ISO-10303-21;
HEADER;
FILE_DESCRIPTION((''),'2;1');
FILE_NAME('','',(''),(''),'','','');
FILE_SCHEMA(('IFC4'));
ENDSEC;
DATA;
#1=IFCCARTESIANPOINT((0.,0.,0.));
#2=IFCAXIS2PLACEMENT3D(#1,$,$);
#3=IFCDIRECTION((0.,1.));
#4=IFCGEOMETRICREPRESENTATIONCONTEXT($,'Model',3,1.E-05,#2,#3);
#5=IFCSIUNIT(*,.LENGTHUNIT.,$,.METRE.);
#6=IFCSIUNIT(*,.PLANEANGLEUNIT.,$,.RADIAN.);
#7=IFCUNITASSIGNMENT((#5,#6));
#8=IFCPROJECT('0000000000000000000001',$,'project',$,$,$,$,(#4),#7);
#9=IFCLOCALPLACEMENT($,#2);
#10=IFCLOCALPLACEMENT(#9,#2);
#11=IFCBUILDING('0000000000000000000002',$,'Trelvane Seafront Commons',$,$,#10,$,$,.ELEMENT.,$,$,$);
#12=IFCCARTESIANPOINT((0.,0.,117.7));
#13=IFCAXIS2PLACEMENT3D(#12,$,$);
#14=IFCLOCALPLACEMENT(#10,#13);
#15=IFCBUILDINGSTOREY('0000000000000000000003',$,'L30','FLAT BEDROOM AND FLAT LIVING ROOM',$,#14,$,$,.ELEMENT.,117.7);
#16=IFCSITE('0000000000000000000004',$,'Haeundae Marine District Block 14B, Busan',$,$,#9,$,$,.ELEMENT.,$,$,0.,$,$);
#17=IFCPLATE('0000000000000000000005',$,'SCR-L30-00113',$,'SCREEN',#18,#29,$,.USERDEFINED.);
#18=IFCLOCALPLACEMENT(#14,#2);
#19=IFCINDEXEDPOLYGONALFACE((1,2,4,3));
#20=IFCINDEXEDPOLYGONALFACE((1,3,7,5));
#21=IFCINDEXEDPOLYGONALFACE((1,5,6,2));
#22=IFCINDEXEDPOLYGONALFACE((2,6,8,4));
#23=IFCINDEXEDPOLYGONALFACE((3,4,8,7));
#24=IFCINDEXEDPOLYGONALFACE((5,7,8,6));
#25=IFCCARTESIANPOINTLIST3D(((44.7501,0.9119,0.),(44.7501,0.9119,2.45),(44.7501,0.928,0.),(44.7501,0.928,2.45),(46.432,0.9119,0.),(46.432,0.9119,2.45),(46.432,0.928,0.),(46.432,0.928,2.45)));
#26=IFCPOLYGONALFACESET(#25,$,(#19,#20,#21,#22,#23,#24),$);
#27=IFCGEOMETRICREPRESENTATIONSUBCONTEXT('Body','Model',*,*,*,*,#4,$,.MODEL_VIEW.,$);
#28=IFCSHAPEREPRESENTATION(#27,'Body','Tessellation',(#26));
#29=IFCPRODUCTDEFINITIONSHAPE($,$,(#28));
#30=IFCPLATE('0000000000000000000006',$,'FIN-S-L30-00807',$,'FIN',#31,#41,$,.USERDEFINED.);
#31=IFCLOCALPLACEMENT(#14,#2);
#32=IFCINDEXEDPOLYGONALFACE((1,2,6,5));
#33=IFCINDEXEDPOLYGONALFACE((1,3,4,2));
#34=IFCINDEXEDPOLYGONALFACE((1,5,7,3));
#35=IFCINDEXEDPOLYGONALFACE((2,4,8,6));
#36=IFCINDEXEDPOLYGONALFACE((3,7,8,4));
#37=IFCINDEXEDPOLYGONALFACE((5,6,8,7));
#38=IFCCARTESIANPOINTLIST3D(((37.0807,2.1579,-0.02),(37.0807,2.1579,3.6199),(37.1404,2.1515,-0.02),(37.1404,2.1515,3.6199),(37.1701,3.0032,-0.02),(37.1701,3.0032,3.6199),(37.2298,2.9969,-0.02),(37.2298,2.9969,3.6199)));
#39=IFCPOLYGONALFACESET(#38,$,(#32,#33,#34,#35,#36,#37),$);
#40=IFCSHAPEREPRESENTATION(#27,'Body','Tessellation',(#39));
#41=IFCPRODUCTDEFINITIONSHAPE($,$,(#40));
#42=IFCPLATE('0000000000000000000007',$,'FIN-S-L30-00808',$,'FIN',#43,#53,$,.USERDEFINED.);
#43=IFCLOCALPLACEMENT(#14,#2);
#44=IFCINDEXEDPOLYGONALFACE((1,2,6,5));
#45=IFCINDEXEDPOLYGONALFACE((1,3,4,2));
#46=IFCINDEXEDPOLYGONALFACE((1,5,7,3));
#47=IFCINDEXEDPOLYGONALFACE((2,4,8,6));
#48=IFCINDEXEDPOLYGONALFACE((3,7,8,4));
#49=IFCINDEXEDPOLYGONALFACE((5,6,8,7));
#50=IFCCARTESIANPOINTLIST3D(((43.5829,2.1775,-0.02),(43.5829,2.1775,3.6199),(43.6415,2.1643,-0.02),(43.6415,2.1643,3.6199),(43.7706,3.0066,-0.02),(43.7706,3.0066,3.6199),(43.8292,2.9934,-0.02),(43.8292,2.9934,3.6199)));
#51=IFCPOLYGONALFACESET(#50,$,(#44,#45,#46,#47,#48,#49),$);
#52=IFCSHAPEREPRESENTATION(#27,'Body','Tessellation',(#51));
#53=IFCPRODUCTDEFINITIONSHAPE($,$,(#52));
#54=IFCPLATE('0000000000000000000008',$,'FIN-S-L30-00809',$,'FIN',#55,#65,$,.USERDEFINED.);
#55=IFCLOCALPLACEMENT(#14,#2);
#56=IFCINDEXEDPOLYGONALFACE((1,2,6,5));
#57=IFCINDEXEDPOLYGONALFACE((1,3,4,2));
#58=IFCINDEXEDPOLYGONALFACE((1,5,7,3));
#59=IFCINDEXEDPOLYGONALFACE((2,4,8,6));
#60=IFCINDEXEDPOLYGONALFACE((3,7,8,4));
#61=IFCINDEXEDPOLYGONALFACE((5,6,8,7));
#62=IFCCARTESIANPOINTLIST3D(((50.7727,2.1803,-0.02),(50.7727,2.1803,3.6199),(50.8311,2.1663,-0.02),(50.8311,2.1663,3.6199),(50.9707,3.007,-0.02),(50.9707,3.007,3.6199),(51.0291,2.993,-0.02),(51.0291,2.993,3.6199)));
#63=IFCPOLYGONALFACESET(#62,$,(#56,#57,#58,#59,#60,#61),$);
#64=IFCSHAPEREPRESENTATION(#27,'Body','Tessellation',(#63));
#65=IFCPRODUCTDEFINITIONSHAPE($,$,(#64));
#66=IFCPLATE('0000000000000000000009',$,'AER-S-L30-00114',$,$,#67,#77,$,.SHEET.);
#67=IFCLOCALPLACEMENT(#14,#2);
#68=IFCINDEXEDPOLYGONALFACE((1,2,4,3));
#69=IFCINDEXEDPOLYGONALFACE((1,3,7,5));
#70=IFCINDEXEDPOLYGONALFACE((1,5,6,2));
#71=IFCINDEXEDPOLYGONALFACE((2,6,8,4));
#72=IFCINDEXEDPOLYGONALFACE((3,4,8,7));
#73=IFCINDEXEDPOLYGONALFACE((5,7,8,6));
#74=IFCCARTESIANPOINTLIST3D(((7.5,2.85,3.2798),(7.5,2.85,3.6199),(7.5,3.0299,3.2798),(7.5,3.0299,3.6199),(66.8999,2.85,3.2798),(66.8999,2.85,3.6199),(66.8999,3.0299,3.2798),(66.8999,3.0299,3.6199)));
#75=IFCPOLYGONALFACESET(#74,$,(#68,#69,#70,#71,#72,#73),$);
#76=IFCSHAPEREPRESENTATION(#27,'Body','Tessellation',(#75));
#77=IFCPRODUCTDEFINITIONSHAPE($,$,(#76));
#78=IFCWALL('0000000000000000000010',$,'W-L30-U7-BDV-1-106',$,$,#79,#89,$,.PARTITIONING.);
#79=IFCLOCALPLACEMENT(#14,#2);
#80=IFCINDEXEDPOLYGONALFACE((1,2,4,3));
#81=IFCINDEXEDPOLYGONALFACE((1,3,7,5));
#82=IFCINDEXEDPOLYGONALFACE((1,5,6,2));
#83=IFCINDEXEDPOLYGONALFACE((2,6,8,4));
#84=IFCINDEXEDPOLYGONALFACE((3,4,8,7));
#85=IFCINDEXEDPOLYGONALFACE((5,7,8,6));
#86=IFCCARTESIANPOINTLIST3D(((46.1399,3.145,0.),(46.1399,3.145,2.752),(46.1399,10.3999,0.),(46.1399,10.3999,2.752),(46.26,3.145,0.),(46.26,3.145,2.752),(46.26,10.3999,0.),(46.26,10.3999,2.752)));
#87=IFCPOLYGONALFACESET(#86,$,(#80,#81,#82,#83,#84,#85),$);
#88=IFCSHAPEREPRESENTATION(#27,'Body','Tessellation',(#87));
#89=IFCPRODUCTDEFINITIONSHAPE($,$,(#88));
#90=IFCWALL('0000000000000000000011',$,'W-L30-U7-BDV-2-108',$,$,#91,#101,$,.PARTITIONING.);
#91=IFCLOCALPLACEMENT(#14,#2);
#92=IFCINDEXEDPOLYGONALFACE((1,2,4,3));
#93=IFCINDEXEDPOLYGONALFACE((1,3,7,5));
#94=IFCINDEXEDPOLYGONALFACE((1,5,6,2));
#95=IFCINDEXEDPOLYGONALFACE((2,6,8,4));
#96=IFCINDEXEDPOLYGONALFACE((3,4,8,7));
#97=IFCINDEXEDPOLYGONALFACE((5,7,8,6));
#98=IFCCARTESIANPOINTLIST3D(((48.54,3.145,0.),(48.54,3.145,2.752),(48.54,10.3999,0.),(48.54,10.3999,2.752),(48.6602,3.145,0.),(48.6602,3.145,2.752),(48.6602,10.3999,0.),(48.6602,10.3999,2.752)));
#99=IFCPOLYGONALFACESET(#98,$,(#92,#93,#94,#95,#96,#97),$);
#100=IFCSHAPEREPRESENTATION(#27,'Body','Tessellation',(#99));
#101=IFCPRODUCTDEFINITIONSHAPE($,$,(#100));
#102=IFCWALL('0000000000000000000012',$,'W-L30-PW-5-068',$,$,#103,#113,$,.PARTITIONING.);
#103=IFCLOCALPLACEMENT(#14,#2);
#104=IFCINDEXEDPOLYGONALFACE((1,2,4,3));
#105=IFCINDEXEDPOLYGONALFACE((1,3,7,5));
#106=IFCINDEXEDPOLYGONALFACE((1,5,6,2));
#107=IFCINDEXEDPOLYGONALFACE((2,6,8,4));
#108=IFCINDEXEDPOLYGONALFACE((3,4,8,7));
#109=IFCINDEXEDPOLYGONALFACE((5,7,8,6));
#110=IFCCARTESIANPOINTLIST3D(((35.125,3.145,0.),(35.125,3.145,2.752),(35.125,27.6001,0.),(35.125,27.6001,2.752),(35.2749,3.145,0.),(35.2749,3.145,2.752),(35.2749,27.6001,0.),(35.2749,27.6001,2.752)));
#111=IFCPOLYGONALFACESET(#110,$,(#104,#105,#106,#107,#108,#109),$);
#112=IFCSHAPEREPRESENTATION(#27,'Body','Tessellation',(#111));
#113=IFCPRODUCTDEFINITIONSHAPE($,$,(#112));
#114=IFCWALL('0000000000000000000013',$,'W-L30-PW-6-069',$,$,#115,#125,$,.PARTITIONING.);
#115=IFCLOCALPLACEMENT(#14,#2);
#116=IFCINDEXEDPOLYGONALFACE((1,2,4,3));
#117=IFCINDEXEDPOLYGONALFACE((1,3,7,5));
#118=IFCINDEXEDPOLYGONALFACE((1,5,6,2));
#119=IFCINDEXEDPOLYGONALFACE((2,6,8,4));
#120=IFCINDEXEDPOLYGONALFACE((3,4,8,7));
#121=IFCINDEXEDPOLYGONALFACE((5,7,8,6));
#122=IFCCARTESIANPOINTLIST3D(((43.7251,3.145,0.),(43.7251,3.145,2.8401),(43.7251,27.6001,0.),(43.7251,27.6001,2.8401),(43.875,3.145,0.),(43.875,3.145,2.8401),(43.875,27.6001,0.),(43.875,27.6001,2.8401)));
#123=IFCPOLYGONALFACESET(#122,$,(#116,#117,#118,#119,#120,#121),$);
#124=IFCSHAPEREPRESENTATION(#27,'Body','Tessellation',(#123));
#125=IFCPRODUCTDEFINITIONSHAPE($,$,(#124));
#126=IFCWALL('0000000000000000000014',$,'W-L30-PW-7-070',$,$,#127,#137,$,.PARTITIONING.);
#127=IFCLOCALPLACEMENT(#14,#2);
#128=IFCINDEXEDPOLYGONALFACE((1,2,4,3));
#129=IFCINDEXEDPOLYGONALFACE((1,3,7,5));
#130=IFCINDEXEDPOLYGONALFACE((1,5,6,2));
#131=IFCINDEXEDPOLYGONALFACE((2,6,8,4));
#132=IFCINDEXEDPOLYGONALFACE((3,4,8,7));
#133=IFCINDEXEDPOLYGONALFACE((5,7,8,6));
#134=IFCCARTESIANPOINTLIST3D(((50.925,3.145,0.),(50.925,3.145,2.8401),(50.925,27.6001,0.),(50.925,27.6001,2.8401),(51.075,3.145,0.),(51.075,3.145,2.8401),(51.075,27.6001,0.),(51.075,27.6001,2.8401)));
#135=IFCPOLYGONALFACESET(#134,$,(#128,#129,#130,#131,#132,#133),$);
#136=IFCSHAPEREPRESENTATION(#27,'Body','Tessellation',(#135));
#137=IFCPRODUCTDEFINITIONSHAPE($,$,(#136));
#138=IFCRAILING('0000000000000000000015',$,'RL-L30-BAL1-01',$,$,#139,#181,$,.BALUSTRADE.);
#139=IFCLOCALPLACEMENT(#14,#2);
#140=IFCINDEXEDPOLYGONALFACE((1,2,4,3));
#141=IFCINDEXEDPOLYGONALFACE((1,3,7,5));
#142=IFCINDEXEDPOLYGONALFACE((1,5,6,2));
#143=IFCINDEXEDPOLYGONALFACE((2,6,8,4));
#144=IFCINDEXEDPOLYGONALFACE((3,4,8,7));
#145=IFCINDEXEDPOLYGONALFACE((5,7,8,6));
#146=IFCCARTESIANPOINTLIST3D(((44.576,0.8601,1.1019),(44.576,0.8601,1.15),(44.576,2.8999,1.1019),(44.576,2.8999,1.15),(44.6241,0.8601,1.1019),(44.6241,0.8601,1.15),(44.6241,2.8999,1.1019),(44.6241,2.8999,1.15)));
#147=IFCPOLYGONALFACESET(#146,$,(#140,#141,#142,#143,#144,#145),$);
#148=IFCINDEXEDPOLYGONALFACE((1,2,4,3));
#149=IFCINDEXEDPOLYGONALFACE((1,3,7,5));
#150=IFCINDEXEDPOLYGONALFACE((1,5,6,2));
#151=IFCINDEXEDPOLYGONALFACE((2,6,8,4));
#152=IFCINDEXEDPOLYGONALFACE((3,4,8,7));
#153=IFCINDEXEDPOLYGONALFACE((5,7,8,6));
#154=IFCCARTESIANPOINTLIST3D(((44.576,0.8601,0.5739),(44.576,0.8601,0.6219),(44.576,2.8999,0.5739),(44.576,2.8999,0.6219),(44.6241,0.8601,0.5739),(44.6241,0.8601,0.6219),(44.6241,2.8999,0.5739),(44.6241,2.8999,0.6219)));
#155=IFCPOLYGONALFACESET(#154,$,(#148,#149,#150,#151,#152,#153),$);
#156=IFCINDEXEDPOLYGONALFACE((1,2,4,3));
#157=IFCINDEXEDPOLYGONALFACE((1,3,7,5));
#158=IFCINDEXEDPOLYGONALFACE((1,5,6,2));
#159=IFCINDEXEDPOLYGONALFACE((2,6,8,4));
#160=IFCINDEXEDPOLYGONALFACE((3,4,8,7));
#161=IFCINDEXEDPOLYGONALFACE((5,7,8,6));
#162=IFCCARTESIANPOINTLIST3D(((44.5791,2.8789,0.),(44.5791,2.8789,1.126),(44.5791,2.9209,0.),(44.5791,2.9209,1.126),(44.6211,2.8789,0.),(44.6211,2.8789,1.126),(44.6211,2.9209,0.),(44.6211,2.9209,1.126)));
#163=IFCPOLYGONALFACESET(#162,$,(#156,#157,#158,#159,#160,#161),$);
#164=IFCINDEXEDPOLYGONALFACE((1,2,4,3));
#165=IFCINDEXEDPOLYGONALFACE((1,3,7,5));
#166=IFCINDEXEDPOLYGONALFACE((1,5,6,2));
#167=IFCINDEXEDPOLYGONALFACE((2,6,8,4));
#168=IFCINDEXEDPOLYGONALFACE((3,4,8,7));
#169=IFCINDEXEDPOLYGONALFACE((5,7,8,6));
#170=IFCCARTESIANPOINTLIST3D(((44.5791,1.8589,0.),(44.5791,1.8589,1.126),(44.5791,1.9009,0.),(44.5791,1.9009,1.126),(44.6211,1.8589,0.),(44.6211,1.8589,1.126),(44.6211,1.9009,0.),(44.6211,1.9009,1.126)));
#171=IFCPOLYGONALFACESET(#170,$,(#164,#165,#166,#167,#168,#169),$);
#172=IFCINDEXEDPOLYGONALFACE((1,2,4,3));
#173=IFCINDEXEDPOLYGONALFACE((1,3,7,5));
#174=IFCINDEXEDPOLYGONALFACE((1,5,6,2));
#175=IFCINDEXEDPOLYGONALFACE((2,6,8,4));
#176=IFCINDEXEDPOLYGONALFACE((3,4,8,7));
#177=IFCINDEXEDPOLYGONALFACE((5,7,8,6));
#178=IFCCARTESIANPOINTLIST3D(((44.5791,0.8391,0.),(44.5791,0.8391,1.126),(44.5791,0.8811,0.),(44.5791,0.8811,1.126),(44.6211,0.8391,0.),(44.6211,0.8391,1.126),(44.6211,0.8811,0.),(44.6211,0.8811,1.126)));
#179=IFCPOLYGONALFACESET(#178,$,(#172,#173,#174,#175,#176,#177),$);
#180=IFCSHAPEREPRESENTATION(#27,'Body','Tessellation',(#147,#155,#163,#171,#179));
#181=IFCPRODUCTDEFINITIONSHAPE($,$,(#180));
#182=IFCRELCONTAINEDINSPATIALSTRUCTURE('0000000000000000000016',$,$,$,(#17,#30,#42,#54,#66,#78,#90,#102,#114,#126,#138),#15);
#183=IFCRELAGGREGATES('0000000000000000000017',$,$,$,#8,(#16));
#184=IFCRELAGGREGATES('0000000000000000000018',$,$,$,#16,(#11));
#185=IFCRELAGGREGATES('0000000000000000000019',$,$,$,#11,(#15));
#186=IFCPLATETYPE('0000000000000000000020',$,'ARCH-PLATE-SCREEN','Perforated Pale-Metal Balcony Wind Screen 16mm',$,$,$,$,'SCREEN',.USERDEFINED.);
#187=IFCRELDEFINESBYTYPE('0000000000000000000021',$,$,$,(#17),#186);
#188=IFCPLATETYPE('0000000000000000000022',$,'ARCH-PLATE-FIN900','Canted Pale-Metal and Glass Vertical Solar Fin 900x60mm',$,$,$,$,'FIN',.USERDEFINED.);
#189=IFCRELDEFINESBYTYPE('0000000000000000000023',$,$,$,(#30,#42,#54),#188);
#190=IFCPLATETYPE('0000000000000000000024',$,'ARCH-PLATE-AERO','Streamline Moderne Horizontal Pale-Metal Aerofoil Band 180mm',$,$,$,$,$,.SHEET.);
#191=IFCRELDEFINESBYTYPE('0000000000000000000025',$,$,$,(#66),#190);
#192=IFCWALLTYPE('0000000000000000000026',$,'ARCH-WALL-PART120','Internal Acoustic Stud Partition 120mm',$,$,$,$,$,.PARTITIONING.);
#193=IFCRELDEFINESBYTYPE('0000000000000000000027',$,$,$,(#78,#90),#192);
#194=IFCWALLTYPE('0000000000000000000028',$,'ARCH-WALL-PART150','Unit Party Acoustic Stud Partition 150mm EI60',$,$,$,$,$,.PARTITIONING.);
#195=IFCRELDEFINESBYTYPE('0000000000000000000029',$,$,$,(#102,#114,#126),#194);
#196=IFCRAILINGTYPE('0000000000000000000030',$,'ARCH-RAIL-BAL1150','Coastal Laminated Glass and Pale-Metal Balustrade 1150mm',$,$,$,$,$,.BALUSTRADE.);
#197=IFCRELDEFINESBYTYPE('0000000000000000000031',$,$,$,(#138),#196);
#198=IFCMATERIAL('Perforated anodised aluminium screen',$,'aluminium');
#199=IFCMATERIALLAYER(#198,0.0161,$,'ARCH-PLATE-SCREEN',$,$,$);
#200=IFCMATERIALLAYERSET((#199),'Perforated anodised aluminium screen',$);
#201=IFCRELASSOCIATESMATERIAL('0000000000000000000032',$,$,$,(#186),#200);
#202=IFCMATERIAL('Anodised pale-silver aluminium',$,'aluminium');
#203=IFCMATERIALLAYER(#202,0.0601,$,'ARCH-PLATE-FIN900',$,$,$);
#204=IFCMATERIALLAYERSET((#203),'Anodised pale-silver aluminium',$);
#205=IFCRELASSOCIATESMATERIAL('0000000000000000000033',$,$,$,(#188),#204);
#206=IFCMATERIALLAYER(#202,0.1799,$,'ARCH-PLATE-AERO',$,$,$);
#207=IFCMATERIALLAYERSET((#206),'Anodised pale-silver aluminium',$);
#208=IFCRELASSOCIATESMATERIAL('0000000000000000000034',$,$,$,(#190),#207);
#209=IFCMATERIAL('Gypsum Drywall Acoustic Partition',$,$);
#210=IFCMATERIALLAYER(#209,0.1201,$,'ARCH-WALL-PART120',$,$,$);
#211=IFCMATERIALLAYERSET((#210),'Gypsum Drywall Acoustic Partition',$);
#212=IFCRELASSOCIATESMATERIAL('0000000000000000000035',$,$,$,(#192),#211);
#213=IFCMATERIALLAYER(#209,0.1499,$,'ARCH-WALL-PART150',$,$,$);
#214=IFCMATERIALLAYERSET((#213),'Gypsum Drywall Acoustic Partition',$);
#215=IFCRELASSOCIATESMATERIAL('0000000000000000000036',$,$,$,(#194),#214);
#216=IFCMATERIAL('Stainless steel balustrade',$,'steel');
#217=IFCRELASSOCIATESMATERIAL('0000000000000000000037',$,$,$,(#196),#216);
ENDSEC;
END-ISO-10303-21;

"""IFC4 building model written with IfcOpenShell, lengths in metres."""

from ifc_helpers import new_model, si_unit, direction, frame, frame_2d, origin, origin_2d, place, context, subcontext, project, spatial, rectangle, extrude, source, transform, mapped, material, layer, layer_set, type_object, element, save


model = new_model("IFC4")

# Units and contexts
model_context = context("Model", 3, precision=1e-05, world=origin(), true_north=direction((0.0, 1.0)))
body_context = subcontext(model_context, "Body", "Model", "MODEL_VIEW")
ifc_project = project(units=[si_unit("LENGTHUNIT", "METRE"), si_unit("PLANEANGLEUNIT", "RADIAN")], contexts=[model_context])

# Site, building, storey
site_placement = place(None, origin())
site = spatial("IfcSite", under=ifc_project, at=site_placement, Name="Haeundae Marine District Block 14B, Busan", CompositionType="ELEMENT", RefElevation=0.0)
building_placement = place(site_placement, origin())
building = spatial("IfcBuilding", under=site, at=building_placement, Name="Trelvane Seafront Commons", CompositionType="ELEMENT")
storey_placement = place(building_placement, frame((0.0, 0.0, 117.7)))
storey = spatial("IfcBuildingStorey", under=building, at=storey_placement, Name="L30", Description="FLAT BEDROOM AND FLAT LIVING ROOM", CompositionType="ELEMENT", Elevation=117.7)

# Plates
ifc_material_1 = material(Name="Perforated anodised aluminium screen", Category="aluminium")
ifc_layer_1 = layer(ifc_material_1, 0.0161, Name="ARCH-PLATE-SCREEN")
ifc_layer_set_1 = layer_set([ifc_layer_1], Name="Perforated anodised aluminium screen")
plate_type_1 = type_object("IfcPlateType", Name="ARCH-PLATE-SCREEN", Description="Perforated Pale-Metal Balcony Wind Screen 16mm", ElementType="SCREEN", PredefinedType="USERDEFINED", material=ifc_layer_set_1)
shared_shape_1 = source(origin(), body_context, "Body", "SweptSolid", [
    extrude(rectangle(XDim=1.6819, YDim=0.0161, at=origin_2d()), origin(), (0.0, 0.0, 1.0), 2.45),
])
plate_1_placement = place(storey_placement, frame((45.5911, 0.9199, 0.0), z_axis=(0.0, 0.0, 1.0), x_axis=(1.0, 0.0, 0.0)))
element("IfcPlate", 1, at=plate_1_placement, inside=storey, type_object=plate_type_1, Name="SCR-L30-00113", ObjectType="SCREEN", PredefinedType="USERDEFINED", context=body_context, shape_type="MappedRepresentation", body=[
    mapped(shared_shape_1, transform((0.0, 0.0, 0.0), x_axis=(1.0, 0.0, 0.0), y_axis=(0.0, 1.0, 0.0), z_axis=(0.0, 0.0, 1.0), scale=1.0)),
])
ifc_material_2 = material(Name="Anodised pale-silver aluminium", Category="aluminium")
ifc_layer_2 = layer(ifc_material_2, 0.0601, Name="ARCH-PLATE-FIN900")
ifc_layer_set_2 = layer_set([ifc_layer_2], Name="Anodised pale-silver aluminium")
plate_type_2 = type_object("IfcPlateType", Name="ARCH-PLATE-FIN900", Description="Canted Pale-Metal and Glass Vertical Solar Fin 900x60mm", ElementType="FIN", PredefinedType="USERDEFINED", material=ifc_layer_set_2)
shared_shape_2 = source(origin(), body_context, "Body", "SweptSolid", [
    extrude(rectangle(XDim=0.8501, YDim=0.0601, at=origin_2d()), origin(), (0.0, 0.0, 1.0), 3.6399),
])
for number, where, z_axis, x_axis, name in (
    (2, (37.1553, 2.5774, -0.02), (0.0, 0.0, 1.0), (-0.105174, -0.994454, 0.0), "FIN-S-L30-00807"),
    (3, (43.7061, 2.5854, -0.02), (0.0, 0.0, 1.0), (-0.220829, -0.975313, 0.0), "FIN-S-L30-00808"),
    (4, (50.9009, 2.5867, -0.02), (0.0, 0.0, 1.0), (-0.232946, -0.97249, 0.0), "FIN-S-L30-00809"),
):
    element("IfcPlate", number, at=place(storey_placement, frame(where, z_axis=z_axis, x_axis=x_axis)), inside=storey, type_object=plate_type_2, Name=name, ObjectType="FIN", PredefinedType="USERDEFINED", context=body_context, shape_type="MappedRepresentation", body=[
        mapped(shared_shape_2, transform((0.0, 0.0, 0.0), x_axis=(1.0, 0.0, 0.0), y_axis=(0.0, 1.0, 0.0), z_axis=(0.0, 0.0, 1.0), scale=1.0)),
    ])
ifc_layer_3 = layer(ifc_material_2, 0.1799, Name="ARCH-PLATE-AERO")
ifc_layer_set_3 = layer_set([ifc_layer_3], Name="Anodised pale-silver aluminium")
plate_type_3 = type_object("IfcPlateType", Name="ARCH-PLATE-AERO", Description="Streamline Moderne Horizontal Pale-Metal Aerofoil Band 180mm", PredefinedType="SHEET", material=ifc_layer_set_3)
shared_shape_3 = source(origin(), body_context, "Body", "SweptSolid", [
    extrude(rectangle(XDim=59.3999, YDim=0.1799, at=origin_2d()), origin(), (0.0, 0.0, 1.0), 0.3401),
])
plate_2_placement = place(storey_placement, frame((37.2, 2.9399, 3.2798), z_axis=(0.0, 0.0, 1.0), x_axis=(-1.0, 0.0, 0.0)))
element("IfcPlate", 5, at=plate_2_placement, inside=storey, type_object=plate_type_3, Name="AER-S-L30-00114", PredefinedType="SHEET", context=body_context, shape_type="MappedRepresentation", body=[
    mapped(shared_shape_3, transform((0.0, 0.0, 0.0), x_axis=(1.0, 0.0, 0.0), y_axis=(0.0, 1.0, 0.0), z_axis=(0.0, 0.0, 1.0), scale=1.0)),
])

# Shared definitions
ifc_material_3 = material(Name="Gypsum Drywall Acoustic Partition")
ifc_layer_4 = layer(ifc_material_3, 0.1201, Name="ARCH-WALL-PART120")
ifc_layer_set_4 = layer_set([ifc_layer_4], Name="Gypsum Drywall Acoustic Partition")
wall_type_1 = type_object("IfcWallType", Name="ARCH-WALL-PART120", Description="Internal Acoustic Stud Partition 120mm", PredefinedType="PARTITIONING", material=ifc_layer_set_4)

# Wall
wall_1_placement = place(storey_placement, frame((46.2, 3.145, 0.0), z_axis=(0.0, 0.0, 1.0), x_axis=(0.0, 1.0, 0.0)))
element("IfcWall", 6, at=wall_1_placement, inside=storey, type_object=wall_type_1, Name="W-L30-U7-BDV-1-106", PredefinedType="PARTITIONING", context=body_context, shape_type="SweptSolid", body=[
    extrude(rectangle(XDim=7.2549, YDim=0.1201, at=frame_2d((3.6274, 0.0))), origin(), (0.0, 0.0, 1.0), 2.752),
])

# Walls
wall_2_placement = place(storey_placement, frame((48.6001, 3.145, 0.0), z_axis=(0.0, 0.0, 1.0), x_axis=(0.0, 1.0, 0.0)))
element("IfcWall", 7, at=wall_2_placement, inside=storey, type_object=wall_type_1, Name="W-L30-U7-BDV-2-108", PredefinedType="PARTITIONING", context=body_context, shape_type="SweptSolid", body=[
    extrude(rectangle(XDim=7.2549, YDim=0.1201, at=frame_2d((3.6274, 0.0))), origin(), (0.0, 0.0, 1.0), 2.752),
])
ifc_layer_5 = layer(ifc_material_3, 0.1499, Name="ARCH-WALL-PART150")
ifc_layer_set_5 = layer_set([ifc_layer_5], Name="Gypsum Drywall Acoustic Partition")
wall_type_2 = type_object("IfcWallType", Name="ARCH-WALL-PART150", Description="Unit Party Acoustic Stud Partition 150mm EI60", PredefinedType="PARTITIONING", material=ifc_layer_set_5)
wall_3_placement = place(storey_placement, frame((35.2, 3.145, 0.0), z_axis=(0.0, 0.0, 1.0), x_axis=(0.0, 1.0, 0.0)))
element("IfcWall", 8, at=wall_3_placement, inside=storey, type_object=wall_type_2, Name="W-L30-PW-5-068", PredefinedType="PARTITIONING", context=body_context, shape_type="SweptSolid", body=[
    extrude(rectangle(XDim=24.4551, YDim=0.1499, at=frame_2d((12.2275, 0.0))), origin(), (0.0, 0.0, 1.0), 2.752),
])
for number, where, z_axis, x_axis, name in (
    (9, (43.8, 3.145, 0.0), (0.0, 0.0, 1.0), (0.0, 1.0, 0.0), "W-L30-PW-6-069"),
    (10, (51.0, 3.145, 0.0), (0.0, 0.0, 1.0), (0.0, 1.0, 0.0), "W-L30-PW-7-070"),
):
    element("IfcWall", number, at=place(storey_placement, frame(where, z_axis=z_axis, x_axis=x_axis)), inside=storey, type_object=wall_type_2, Name=name, PredefinedType="PARTITIONING", context=body_context, shape_type="SweptSolid", body=[
        extrude(rectangle(XDim=24.4551, YDim=0.1499, at=frame_2d((12.2275, 0.0))), origin(), (0.0, 0.0, 1.0), 2.8401),
    ])

# Railing
ifc_material_4 = material(Name="Stainless steel balustrade", Category="steel")
railing_type = type_object("IfcRailingType", Name="ARCH-RAIL-BAL1150", Description="Coastal Laminated Glass and Pale-Metal Balustrade 1150mm", PredefinedType="BALUSTRADE", material=ifc_material_4)
railing_1_placement = place(storey_placement, frame((44.6001, 2.8999, 0.0)))
element("IfcRailing", 11, at=railing_1_placement, inside=storey, type_object=railing_type, Name="RL-L30-BAL1-01", PredefinedType="BALUSTRADE", context=body_context, shape_type="SweptSolid", body=[
    extrude(rectangle(XDim=0.0481, YDim=0.0481, at=origin_2d()), frame((0.0, 0.0, 1.126), z_axis=(0.0, -1.0, 0.0), x_axis=(1.0, 0.0, 0.0)), (0.0, 0.0, 1.0), 2.0398),
    extrude(rectangle(XDim=0.0481, YDim=0.0481, at=origin_2d()), frame((0.0, 0.0, 0.5979), z_axis=(0.0, -1.0, 0.0), x_axis=(1.0, 0.0, 0.0)), (0.0, 0.0, 1.0), 2.0398),
    extrude(rectangle(XDim=0.042, YDim=0.042, at=origin_2d()), origin(), (0.0, 0.0, 1.0), 1.126),
    extrude(rectangle(XDim=0.042, YDim=0.042, at=origin_2d()), frame((0.0, -1.02, 0.0)), (0.0, 0.0, 1.0), 1.126),
    extrude(rectangle(XDim=0.042, YDim=0.042, at=origin_2d()), frame((0.0, -2.0398, 0.0)), (0.0, 0.0, 1.0), 1.126),
])

save(model, "model.ifc")
